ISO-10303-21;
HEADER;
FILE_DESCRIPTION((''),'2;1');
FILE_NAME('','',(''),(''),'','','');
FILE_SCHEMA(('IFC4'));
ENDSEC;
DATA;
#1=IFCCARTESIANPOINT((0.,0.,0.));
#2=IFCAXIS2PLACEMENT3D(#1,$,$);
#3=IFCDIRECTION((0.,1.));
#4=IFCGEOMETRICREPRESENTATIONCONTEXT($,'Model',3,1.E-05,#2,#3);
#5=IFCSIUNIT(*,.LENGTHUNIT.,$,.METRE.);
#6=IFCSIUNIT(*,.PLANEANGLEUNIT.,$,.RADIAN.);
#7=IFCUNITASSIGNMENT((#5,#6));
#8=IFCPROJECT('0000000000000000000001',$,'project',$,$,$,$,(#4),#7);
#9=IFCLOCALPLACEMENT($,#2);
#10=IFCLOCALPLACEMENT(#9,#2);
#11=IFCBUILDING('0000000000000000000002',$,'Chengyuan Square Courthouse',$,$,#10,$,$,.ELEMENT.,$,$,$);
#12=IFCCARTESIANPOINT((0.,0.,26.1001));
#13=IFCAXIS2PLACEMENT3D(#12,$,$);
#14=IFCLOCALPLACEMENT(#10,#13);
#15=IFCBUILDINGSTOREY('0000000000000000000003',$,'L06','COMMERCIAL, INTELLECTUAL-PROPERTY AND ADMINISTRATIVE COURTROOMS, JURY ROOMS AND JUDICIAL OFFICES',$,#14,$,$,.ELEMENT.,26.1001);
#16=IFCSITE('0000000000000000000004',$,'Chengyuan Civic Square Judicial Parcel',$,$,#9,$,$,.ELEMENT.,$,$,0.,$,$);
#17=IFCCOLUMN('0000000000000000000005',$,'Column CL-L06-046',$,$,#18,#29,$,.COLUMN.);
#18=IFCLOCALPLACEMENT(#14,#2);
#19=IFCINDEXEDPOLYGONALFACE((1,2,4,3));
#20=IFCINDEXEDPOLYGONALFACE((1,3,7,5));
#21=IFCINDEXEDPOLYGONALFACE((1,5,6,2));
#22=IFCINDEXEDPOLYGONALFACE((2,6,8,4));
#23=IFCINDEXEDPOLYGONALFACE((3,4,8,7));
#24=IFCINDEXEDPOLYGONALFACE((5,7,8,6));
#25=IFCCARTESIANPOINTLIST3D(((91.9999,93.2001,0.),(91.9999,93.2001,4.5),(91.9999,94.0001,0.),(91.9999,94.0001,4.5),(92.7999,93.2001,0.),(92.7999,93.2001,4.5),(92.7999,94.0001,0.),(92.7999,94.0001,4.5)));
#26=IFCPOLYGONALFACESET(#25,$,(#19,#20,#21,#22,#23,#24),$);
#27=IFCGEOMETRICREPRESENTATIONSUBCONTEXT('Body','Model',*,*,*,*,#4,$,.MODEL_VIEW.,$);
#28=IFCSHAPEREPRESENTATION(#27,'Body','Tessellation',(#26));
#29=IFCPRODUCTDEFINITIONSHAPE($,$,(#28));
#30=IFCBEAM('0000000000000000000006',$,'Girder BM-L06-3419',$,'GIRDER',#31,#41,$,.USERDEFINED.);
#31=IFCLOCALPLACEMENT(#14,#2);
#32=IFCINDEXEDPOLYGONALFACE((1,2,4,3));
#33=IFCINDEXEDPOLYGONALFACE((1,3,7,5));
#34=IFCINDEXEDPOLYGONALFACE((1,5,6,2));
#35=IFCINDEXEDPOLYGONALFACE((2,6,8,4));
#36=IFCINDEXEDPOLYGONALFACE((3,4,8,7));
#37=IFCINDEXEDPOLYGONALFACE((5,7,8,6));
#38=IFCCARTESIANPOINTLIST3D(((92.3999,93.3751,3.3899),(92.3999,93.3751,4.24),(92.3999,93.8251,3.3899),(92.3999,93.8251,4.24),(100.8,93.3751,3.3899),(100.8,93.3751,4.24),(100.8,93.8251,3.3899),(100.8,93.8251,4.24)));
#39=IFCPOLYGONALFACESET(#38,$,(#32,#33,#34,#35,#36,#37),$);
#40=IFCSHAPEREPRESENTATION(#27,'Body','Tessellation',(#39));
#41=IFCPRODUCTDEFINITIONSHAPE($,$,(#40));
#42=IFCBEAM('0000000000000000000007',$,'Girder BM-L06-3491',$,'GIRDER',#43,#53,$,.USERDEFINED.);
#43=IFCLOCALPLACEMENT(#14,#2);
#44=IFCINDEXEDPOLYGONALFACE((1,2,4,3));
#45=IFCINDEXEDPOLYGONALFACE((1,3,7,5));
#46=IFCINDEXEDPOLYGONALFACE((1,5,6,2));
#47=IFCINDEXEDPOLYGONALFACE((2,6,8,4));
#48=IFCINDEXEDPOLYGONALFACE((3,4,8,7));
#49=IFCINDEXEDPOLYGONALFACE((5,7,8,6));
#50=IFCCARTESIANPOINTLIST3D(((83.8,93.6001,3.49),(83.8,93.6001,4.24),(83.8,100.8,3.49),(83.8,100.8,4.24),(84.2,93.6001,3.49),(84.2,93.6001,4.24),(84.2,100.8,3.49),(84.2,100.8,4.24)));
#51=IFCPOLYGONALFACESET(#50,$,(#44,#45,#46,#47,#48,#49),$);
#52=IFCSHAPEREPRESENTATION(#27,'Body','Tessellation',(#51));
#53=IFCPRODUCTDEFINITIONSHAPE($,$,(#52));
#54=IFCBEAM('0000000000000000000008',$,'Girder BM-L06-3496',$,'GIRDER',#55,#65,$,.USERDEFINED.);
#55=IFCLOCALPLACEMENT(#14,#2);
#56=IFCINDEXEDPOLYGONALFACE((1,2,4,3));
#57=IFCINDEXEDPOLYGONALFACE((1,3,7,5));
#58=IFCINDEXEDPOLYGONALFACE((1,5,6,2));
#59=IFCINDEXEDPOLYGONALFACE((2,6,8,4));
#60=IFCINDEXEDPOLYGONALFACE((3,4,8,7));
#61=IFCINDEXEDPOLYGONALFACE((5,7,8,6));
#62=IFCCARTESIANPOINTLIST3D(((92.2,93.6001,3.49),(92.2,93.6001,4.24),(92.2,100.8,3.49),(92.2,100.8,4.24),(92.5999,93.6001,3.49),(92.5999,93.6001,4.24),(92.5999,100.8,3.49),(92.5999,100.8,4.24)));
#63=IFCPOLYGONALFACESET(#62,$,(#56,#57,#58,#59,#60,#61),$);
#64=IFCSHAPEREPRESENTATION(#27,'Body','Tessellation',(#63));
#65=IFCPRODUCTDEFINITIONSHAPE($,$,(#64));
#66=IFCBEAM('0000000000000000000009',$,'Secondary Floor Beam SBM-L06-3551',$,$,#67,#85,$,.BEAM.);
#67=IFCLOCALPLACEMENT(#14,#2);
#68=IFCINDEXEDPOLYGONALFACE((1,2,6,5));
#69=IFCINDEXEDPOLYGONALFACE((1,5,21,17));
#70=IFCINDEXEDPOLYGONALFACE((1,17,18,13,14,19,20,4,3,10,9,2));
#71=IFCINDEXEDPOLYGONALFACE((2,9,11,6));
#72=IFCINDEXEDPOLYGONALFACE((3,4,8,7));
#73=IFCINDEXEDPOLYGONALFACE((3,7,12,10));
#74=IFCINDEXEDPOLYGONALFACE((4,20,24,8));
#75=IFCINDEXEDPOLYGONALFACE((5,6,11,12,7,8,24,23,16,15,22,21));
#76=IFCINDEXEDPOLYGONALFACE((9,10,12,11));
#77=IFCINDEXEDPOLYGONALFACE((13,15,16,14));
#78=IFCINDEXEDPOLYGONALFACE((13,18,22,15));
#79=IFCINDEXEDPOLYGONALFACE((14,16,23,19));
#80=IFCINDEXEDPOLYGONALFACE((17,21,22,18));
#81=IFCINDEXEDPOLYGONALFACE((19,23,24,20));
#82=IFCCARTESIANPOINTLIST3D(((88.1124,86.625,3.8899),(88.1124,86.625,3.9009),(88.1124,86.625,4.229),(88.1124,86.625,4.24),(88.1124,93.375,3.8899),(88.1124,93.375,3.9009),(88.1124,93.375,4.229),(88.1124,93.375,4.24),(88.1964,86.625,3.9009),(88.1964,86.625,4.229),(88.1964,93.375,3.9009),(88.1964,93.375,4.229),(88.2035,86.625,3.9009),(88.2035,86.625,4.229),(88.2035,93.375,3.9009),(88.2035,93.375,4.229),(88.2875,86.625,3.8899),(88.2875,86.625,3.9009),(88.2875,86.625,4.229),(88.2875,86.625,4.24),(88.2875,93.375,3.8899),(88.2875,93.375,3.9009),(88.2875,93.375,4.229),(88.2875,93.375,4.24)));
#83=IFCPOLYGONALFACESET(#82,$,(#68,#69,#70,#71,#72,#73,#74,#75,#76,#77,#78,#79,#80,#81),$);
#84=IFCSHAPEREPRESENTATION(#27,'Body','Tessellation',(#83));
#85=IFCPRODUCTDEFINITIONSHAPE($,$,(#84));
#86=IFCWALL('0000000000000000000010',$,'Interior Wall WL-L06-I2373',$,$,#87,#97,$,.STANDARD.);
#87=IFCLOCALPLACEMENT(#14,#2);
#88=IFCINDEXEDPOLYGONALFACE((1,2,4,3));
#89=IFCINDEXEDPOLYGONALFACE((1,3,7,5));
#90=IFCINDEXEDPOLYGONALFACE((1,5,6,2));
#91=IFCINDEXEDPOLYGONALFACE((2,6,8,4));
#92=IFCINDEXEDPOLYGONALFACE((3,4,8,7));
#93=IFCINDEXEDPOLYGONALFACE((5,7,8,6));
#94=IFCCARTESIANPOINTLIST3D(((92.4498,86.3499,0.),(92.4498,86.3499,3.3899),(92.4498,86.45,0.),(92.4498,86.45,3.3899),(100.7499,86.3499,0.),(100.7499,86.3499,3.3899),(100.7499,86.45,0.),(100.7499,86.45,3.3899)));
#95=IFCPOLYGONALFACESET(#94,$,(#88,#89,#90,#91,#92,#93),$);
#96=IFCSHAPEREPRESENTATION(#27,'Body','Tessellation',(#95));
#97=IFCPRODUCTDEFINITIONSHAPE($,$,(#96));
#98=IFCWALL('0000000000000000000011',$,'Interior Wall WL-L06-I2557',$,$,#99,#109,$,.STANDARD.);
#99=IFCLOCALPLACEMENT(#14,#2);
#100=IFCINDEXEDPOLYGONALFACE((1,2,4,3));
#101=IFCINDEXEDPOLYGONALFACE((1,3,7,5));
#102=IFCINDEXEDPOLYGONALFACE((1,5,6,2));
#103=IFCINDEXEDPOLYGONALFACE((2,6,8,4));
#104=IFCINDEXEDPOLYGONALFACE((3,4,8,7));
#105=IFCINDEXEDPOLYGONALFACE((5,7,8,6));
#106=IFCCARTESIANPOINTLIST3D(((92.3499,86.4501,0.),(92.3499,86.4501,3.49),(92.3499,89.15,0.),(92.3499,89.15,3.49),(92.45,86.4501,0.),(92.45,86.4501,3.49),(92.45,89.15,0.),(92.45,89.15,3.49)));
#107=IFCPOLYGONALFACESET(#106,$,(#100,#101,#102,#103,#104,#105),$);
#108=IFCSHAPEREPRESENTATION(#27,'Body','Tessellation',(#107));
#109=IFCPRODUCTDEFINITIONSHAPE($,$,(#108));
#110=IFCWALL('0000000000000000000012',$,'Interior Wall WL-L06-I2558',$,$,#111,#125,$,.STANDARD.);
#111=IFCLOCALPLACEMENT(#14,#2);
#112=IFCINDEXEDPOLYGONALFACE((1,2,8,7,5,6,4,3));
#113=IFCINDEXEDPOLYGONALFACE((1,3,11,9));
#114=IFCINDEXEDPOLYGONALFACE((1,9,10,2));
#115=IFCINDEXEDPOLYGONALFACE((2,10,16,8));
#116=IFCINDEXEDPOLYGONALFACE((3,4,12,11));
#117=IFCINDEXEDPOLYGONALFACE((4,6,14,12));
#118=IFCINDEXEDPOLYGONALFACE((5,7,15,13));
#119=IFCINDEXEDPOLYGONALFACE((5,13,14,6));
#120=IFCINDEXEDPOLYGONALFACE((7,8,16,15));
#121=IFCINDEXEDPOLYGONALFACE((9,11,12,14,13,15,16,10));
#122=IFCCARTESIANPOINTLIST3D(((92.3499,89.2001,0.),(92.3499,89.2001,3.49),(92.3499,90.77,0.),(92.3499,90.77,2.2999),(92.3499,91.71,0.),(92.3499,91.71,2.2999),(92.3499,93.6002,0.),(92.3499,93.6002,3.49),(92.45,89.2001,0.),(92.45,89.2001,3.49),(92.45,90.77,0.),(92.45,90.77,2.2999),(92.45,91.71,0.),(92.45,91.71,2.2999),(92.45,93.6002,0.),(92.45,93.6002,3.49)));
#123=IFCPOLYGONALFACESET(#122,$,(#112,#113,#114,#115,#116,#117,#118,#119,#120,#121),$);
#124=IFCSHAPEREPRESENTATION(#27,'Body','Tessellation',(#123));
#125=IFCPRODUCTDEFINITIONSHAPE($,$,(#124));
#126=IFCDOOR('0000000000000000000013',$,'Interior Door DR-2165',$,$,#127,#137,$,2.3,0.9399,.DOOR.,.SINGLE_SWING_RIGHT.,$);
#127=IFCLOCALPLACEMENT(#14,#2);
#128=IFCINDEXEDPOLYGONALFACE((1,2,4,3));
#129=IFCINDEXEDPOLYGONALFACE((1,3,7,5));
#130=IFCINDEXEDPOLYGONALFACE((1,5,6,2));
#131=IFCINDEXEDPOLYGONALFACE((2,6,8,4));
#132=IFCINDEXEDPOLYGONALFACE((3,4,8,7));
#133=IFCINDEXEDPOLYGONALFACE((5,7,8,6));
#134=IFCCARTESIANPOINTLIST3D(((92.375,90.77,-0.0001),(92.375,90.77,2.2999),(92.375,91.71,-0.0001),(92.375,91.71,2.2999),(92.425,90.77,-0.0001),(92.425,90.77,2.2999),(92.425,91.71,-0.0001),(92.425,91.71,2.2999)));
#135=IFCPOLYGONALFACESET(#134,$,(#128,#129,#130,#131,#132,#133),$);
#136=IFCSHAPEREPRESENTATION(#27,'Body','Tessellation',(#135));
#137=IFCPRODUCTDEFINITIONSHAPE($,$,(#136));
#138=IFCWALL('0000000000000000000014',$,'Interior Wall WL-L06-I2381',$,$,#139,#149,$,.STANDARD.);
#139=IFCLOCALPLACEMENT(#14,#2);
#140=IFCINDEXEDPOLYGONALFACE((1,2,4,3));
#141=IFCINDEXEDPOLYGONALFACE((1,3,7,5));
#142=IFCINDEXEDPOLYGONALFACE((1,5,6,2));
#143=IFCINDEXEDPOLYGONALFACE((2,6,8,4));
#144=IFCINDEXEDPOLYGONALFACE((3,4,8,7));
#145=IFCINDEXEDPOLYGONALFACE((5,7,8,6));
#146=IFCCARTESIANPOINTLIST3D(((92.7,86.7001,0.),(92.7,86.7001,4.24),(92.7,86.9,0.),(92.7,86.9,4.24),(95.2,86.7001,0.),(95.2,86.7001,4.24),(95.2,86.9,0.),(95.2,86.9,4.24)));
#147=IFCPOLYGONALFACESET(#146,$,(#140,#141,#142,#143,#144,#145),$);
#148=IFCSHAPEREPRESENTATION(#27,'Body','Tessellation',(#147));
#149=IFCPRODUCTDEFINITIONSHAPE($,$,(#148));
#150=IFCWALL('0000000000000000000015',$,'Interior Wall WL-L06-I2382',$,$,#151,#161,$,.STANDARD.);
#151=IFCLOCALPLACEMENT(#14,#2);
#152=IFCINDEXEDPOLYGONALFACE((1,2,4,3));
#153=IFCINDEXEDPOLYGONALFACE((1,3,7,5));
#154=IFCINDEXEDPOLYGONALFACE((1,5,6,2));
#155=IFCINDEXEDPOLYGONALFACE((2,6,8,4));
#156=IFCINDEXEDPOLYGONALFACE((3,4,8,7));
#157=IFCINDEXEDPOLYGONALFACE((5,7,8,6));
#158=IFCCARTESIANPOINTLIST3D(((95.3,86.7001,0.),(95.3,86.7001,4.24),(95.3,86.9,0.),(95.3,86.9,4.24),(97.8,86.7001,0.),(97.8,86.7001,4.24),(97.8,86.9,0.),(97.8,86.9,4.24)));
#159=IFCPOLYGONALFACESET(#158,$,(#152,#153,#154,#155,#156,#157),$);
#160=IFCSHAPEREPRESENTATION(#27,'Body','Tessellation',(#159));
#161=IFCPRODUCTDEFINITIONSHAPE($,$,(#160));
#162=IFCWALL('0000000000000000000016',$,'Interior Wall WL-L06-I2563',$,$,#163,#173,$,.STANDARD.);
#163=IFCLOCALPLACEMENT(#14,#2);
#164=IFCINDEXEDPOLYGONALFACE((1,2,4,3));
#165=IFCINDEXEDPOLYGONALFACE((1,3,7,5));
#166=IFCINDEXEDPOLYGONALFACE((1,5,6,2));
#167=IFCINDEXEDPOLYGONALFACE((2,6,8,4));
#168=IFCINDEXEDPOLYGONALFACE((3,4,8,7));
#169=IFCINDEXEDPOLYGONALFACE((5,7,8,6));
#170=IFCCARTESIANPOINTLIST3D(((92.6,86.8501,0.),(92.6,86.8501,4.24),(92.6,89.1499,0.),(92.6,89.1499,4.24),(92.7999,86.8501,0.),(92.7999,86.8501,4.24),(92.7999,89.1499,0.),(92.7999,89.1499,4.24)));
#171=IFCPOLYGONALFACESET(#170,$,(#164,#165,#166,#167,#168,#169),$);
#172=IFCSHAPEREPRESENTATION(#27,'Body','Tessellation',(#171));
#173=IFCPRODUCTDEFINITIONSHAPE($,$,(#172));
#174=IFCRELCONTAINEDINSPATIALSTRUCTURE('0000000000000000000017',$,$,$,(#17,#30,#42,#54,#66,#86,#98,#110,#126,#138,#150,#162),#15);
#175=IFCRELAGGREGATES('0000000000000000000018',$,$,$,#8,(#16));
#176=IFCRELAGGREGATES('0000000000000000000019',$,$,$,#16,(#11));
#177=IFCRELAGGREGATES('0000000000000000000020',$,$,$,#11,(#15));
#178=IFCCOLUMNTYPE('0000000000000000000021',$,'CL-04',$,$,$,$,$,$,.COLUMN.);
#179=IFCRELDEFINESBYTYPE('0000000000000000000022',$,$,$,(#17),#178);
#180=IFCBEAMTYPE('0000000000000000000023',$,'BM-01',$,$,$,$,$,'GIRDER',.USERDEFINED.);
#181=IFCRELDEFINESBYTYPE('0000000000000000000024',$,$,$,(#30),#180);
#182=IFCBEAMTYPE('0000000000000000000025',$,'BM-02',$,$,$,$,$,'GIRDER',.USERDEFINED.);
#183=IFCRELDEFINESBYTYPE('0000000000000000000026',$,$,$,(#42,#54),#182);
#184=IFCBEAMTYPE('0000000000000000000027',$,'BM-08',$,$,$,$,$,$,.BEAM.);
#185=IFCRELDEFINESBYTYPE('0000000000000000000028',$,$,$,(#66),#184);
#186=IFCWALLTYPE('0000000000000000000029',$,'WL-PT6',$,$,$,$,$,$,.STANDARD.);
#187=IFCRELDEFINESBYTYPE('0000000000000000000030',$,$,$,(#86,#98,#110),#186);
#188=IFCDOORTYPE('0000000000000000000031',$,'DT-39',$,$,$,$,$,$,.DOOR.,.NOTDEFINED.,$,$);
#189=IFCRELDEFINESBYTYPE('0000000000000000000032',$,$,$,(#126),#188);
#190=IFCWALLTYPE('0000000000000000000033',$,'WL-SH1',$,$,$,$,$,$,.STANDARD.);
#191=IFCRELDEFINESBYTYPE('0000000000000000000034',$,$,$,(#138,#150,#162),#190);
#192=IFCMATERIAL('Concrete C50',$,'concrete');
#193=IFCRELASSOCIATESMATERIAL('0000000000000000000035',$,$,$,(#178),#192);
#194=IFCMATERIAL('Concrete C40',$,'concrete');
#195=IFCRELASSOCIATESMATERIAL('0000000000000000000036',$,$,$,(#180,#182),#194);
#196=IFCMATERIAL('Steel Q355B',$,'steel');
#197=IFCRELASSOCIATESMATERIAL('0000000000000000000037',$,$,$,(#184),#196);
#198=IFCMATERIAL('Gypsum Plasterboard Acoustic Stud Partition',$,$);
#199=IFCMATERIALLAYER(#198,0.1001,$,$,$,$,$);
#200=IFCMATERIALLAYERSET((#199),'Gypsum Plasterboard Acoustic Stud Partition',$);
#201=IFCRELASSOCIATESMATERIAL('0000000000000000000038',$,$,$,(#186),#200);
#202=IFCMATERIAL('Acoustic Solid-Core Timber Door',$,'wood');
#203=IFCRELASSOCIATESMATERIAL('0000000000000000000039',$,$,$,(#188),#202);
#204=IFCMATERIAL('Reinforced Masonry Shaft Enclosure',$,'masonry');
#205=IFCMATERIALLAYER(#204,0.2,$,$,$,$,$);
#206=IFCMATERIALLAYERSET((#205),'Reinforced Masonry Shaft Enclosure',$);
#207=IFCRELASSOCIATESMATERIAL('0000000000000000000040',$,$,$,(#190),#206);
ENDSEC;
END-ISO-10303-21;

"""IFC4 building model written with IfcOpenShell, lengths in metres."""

from ifc_helpers import new_model, si_unit, direction, frame, frame_2d, origin, origin_2d, place, context, subcontext, project, spatial, rectangle, i_section, extrude, material, layer, layer_set, material_profile, profile_set, type_object, element, fill, save


model = new_model("IFC4")

# Units and contexts
model_context = context("Model", 3, precision=1e-05, world=origin(), true_north=direction((0.0, 1.0)))
body_context = subcontext(model_context, "Body", "Model", "MODEL_VIEW")
ifc_project = project(units=[si_unit("LENGTHUNIT", "METRE"), si_unit("PLANEANGLEUNIT", "RADIAN")], contexts=[model_context])

# Site, building, storey
site_placement = place(None, origin())
site = spatial("IfcSite", under=ifc_project, at=site_placement, Name="Chengyuan Civic Square Judicial Parcel", CompositionType="ELEMENT", RefElevation=0.0)
building_placement = place(site_placement, origin())
building = spatial("IfcBuilding", under=site, at=building_placement, Name="Chengyuan Square Courthouse", CompositionType="ELEMENT")
storey_placement = place(building_placement, frame((0.0, 0.0, 26.1001)))
storey = spatial("IfcBuildingStorey", under=building, at=storey_placement, Name="L06", Description="COMMERCIAL, INTELLECTUAL-PROPERTY AND ADMINISTRATIVE COURTROOMS, JURY ROOMS AND JUDICIAL OFFICES", CompositionType="ELEMENT", Elevation=26.1001)

# Column
ifc_material_1 = material(Name="Concrete C50", Category="concrete")
ifc_material_profile_1 = material_profile(ifc_material_1, rectangle(XDim=0.8, YDim=0.8, at=origin_2d()), Name="RC-COL-800x800")
ifc_profile_set_1 = profile_set([ifc_material_profile_1], Name="Concrete C50")
column_type = type_object("IfcColumnType", Name="CL-04", PredefinedType="COLUMN", material=ifc_profile_set_1)
column_placement = place(storey_placement, frame((92.3999, 93.6001, 0.0), z_axis=(0.0, 0.0, 1.0), x_axis=(1.0, 0.0, 0.0)))
element("IfcColumn", 1, at=column_placement, inside=storey, type_object=column_type, Name="Column CL-L06-046", PredefinedType="COLUMN", context=body_context, shape_type="SweptSolid", body=[
    extrude(rectangle(XDim=0.8, YDim=0.8, at=origin_2d()), origin(), (0.0, 0.0, 1.0), 4.5),
])

# Beams
ifc_material_2 = material(Name="Concrete C40", Category="concrete")
ifc_material_profile_2 = material_profile(ifc_material_2, rectangle(XDim=0.45, YDim=0.8501, at=origin_2d()), Name="RC-BM-450x850")
ifc_profile_set_2 = profile_set([ifc_material_profile_2], Name="Concrete C40")
beam_type_1 = type_object("IfcBeamType", Name="BM-01", ElementType="GIRDER", PredefinedType="USERDEFINED", material=ifc_profile_set_2)
beam_1_placement = place(storey_placement, frame((92.3999, 93.6001, 3.8149), z_axis=(1.0, 0.0, 0.0), x_axis=(0.0, 1.0, 0.0)))
element("IfcBeam", 2, at=beam_1_placement, inside=storey, type_object=beam_type_1, Name="Girder BM-L06-3419", ObjectType="GIRDER", PredefinedType="USERDEFINED", context=body_context, shape_type="SweptSolid", body=[
    extrude(rectangle(XDim=0.45, YDim=0.8501, at=origin_2d()), origin(), (0.0, 0.0, 1.0), 8.4001),
])
ifc_material_profile_3 = material_profile(ifc_material_2, rectangle(XDim=0.3999, YDim=0.75, at=origin_2d()), Name="RC-BM-400x750")
ifc_profile_set_3 = profile_set([ifc_material_profile_3], Name="Concrete C40")
beam_type_2 = type_object("IfcBeamType", Name="BM-02", ElementType="GIRDER", PredefinedType="USERDEFINED", material=ifc_profile_set_3)
for number, where, z_axis, x_axis, name in (
    (3, (84.0, 93.6001, 3.865), (0.0, 1.0, 0.0), (-1.0, 0.0, 0.0), "Girder BM-L06-3491"),
    (4, (92.3999, 93.6001, 3.865), (0.0, 1.0, 0.0), (-1.0, 0.0, 0.0), "Girder BM-L06-3496"),
):
    element("IfcBeam", number, at=place(storey_placement, frame(where, z_axis=z_axis, x_axis=x_axis)), inside=storey, type_object=beam_type_2, Name=name, ObjectType="GIRDER", PredefinedType="USERDEFINED", context=body_context, shape_type="SweptSolid", body=[
        extrude(rectangle(XDim=0.3999, YDim=0.75, at=origin_2d()), origin(), (0.0, 0.0, 1.0), 7.2),
    ])
ifc_material_3 = material(Name="Steel Q355B", Category="steel")
ifc_material_profile_4 = material_profile(ifc_material_3, i_section(OverallWidth=0.175, OverallDepth=0.3501, WebThickness=0.0071, FlangeThickness=0.011, at=origin_2d()), Name="HN 350x175x7x11")
ifc_profile_set_4 = profile_set([ifc_material_profile_4], Name="Steel Q355B")
beam_type_3 = type_object("IfcBeamType", Name="BM-08", PredefinedType="BEAM", material=ifc_profile_set_4)
beam_2_placement = place(storey_placement, frame((88.2, 86.625, 4.0649), z_axis=(0.0, 1.0, 0.0), x_axis=(-1.0, 0.0, 0.0)))
element("IfcBeam", 5, at=beam_2_placement, inside=storey, type_object=beam_type_3, Name="Secondary Floor Beam SBM-L06-3551", PredefinedType="BEAM", context=body_context, shape_type="SweptSolid", body=[
    extrude(i_section(OverallWidth=0.175, OverallDepth=0.3501, WebThickness=0.0071, FlangeThickness=0.011, at=origin_2d()), origin(), (0.0, 0.0, 1.0), 6.75),
])

# Walls
ifc_material_4 = material(Name="Gypsum Plasterboard Acoustic Stud Partition")
ifc_layer_1 = layer(ifc_material_4, 0.1001)
ifc_layer_set_1 = layer_set([ifc_layer_1], Name="Gypsum Plasterboard Acoustic Stud Partition")
wall_type_1 = type_object("IfcWallType", Name="WL-PT6", PredefinedType="STANDARD", material=ifc_layer_set_1)
wall_1_placement = place(storey_placement, frame((92.45, 86.3999, 0.0), z_axis=(0.0, 0.0, 1.0), x_axis=(1.0, 0.0, 0.0)))
element("IfcWall", 6, at=wall_1_placement, inside=storey, type_object=wall_type_1, Name="Interior Wall WL-L06-I2373", PredefinedType="STANDARD", context=body_context, shape_type="SweptSolid", body=[
    extrude(rectangle(XDim=8.3, YDim=0.1001, at=frame_2d((4.1499, 0.0))), origin(), (0.0, 0.0, 1.0), 3.3899),
])
wall_2_placement = place(storey_placement, frame((92.3999, 86.45, 0.0), z_axis=(0.0, 0.0, 1.0), x_axis=(0.0, 1.0, 0.0)))
element("IfcWall", 7, at=wall_2_placement, inside=storey, type_object=wall_type_1, Name="Interior Wall WL-L06-I2557", PredefinedType="STANDARD", context=body_context, shape_type="SweptSolid", body=[
    extrude(rectangle(XDim=2.7, YDim=0.1001, at=frame_2d((1.3501, 0.0))), origin(), (0.0, 0.0, 1.0), 3.49),
])

# Wall, opening, door
wall_3_placement = place(storey_placement, frame((92.3999, 89.2, 0.0), z_axis=(0.0, 0.0, 1.0), x_axis=(0.0, 1.0, 0.0)))
wall_3 = element("IfcWall", 8, at=wall_3_placement, inside=storey, type_object=wall_type_1, Name="Interior Wall WL-L06-I2558", PredefinedType="STANDARD", context=body_context, shape_type="SweptSolid", body=[
    extrude(rectangle(XDim=4.4001, YDim=0.1001, at=frame_2d((2.2002, 0.0))), origin(), (0.0, 0.0, 1.0), 3.49),
])
opening_1_placement = place(wall_3_placement, frame((1.5701, 0.0, 0.0)))
opening_1 = element("IfcOpeningElement", 9, at=opening_1_placement, cuts=wall_3, PredefinedType="OPENING", context=body_context, shape_type="SweptSolid", body=[
    extrude(rectangle(XDim=0.9399, YDim=2.3, at=frame_2d((0.47, 1.1499))), frame((0.0, 0.062, 0.0), z_axis=(0.0, -1.0, 0.0), x_axis=(1.0, 0.0, 0.0)), (0.0, 0.0, 1.0), 0.124),
])
ifc_material_5 = material(Name="Acoustic Solid-Core Timber Door", Category="wood")
door_type_1 = type_object("IfcDoorType", Name="DT-39", OperationType="NOTDEFINED", PredefinedType="DOOR", material=ifc_material_5)
door_1_placement = place(opening_1_placement, origin())
door_1 = element("IfcDoor", 10, at=door_1_placement, inside=storey, type_object=door_type_1, Name="Interior Door DR-2165", OperationType="SINGLE_SWING_RIGHT", OverallHeight=2.3, OverallWidth=0.9399, PredefinedType="DOOR", context=body_context, shape_type="SweptSolid", body=[
    extrude(rectangle(XDim=0.9399, YDim=2.3, at=frame_2d((0.47, 1.1499))), frame((0.0, 0.0249, 0.0), z_axis=(0.0, -1.0, 0.0), x_axis=(1.0, 0.0, 0.0)), (0.0, 0.0, 1.0), 0.05),
])
fill(opening_1, door_1)

# Walls
ifc_material_6 = material(Name="Reinforced Masonry Shaft Enclosure", Category="masonry")
ifc_layer_2 = layer(ifc_material_6, 0.2)
ifc_layer_set_2 = layer_set([ifc_layer_2], Name="Reinforced Masonry Shaft Enclosure")
wall_type_2 = type_object("IfcWallType", Name="WL-SH1", PredefinedType="STANDARD", material=ifc_layer_set_2)
for number, where, z_axis, x_axis, name in (
    (11, (92.7, 86.8, 0.0), (0.0, 0.0, 1.0), (1.0, 0.0, 0.0), "Interior Wall WL-L06-I2381"),
    (12, (95.3, 86.8, 0.0), (0.0, 0.0, 1.0), (1.0, 0.0, 0.0), "Interior Wall WL-L06-I2382"),
):
    element("IfcWall", number, at=place(storey_placement, frame(where, z_axis=z_axis, x_axis=x_axis)), inside=storey, type_object=wall_type_2, Name=name, PredefinedType="STANDARD", context=body_context, shape_type="SweptSolid", body=[
        extrude(rectangle(XDim=2.5, YDim=0.2, at=frame_2d((1.25, 0.0))), origin(), (0.0, 0.0, 1.0), 4.24),
    ])

# Wall
wall_4_placement = place(storey_placement, frame((92.7, 86.8501, 0.0), z_axis=(0.0, 0.0, 1.0), x_axis=(0.0, 1.0, 0.0)))
element("IfcWall", 13, at=wall_4_placement, inside=storey, type_object=wall_type_2, Name="Interior Wall WL-L06-I2563", PredefinedType="STANDARD", context=body_context, shape_type="SweptSolid", body=[
    extrude(rectangle(XDim=2.2998, YDim=0.2, at=frame_2d((1.1499, 0.0))), origin(), (0.0, 0.0, 1.0), 4.24),
])

save(model, "model.ifc")
